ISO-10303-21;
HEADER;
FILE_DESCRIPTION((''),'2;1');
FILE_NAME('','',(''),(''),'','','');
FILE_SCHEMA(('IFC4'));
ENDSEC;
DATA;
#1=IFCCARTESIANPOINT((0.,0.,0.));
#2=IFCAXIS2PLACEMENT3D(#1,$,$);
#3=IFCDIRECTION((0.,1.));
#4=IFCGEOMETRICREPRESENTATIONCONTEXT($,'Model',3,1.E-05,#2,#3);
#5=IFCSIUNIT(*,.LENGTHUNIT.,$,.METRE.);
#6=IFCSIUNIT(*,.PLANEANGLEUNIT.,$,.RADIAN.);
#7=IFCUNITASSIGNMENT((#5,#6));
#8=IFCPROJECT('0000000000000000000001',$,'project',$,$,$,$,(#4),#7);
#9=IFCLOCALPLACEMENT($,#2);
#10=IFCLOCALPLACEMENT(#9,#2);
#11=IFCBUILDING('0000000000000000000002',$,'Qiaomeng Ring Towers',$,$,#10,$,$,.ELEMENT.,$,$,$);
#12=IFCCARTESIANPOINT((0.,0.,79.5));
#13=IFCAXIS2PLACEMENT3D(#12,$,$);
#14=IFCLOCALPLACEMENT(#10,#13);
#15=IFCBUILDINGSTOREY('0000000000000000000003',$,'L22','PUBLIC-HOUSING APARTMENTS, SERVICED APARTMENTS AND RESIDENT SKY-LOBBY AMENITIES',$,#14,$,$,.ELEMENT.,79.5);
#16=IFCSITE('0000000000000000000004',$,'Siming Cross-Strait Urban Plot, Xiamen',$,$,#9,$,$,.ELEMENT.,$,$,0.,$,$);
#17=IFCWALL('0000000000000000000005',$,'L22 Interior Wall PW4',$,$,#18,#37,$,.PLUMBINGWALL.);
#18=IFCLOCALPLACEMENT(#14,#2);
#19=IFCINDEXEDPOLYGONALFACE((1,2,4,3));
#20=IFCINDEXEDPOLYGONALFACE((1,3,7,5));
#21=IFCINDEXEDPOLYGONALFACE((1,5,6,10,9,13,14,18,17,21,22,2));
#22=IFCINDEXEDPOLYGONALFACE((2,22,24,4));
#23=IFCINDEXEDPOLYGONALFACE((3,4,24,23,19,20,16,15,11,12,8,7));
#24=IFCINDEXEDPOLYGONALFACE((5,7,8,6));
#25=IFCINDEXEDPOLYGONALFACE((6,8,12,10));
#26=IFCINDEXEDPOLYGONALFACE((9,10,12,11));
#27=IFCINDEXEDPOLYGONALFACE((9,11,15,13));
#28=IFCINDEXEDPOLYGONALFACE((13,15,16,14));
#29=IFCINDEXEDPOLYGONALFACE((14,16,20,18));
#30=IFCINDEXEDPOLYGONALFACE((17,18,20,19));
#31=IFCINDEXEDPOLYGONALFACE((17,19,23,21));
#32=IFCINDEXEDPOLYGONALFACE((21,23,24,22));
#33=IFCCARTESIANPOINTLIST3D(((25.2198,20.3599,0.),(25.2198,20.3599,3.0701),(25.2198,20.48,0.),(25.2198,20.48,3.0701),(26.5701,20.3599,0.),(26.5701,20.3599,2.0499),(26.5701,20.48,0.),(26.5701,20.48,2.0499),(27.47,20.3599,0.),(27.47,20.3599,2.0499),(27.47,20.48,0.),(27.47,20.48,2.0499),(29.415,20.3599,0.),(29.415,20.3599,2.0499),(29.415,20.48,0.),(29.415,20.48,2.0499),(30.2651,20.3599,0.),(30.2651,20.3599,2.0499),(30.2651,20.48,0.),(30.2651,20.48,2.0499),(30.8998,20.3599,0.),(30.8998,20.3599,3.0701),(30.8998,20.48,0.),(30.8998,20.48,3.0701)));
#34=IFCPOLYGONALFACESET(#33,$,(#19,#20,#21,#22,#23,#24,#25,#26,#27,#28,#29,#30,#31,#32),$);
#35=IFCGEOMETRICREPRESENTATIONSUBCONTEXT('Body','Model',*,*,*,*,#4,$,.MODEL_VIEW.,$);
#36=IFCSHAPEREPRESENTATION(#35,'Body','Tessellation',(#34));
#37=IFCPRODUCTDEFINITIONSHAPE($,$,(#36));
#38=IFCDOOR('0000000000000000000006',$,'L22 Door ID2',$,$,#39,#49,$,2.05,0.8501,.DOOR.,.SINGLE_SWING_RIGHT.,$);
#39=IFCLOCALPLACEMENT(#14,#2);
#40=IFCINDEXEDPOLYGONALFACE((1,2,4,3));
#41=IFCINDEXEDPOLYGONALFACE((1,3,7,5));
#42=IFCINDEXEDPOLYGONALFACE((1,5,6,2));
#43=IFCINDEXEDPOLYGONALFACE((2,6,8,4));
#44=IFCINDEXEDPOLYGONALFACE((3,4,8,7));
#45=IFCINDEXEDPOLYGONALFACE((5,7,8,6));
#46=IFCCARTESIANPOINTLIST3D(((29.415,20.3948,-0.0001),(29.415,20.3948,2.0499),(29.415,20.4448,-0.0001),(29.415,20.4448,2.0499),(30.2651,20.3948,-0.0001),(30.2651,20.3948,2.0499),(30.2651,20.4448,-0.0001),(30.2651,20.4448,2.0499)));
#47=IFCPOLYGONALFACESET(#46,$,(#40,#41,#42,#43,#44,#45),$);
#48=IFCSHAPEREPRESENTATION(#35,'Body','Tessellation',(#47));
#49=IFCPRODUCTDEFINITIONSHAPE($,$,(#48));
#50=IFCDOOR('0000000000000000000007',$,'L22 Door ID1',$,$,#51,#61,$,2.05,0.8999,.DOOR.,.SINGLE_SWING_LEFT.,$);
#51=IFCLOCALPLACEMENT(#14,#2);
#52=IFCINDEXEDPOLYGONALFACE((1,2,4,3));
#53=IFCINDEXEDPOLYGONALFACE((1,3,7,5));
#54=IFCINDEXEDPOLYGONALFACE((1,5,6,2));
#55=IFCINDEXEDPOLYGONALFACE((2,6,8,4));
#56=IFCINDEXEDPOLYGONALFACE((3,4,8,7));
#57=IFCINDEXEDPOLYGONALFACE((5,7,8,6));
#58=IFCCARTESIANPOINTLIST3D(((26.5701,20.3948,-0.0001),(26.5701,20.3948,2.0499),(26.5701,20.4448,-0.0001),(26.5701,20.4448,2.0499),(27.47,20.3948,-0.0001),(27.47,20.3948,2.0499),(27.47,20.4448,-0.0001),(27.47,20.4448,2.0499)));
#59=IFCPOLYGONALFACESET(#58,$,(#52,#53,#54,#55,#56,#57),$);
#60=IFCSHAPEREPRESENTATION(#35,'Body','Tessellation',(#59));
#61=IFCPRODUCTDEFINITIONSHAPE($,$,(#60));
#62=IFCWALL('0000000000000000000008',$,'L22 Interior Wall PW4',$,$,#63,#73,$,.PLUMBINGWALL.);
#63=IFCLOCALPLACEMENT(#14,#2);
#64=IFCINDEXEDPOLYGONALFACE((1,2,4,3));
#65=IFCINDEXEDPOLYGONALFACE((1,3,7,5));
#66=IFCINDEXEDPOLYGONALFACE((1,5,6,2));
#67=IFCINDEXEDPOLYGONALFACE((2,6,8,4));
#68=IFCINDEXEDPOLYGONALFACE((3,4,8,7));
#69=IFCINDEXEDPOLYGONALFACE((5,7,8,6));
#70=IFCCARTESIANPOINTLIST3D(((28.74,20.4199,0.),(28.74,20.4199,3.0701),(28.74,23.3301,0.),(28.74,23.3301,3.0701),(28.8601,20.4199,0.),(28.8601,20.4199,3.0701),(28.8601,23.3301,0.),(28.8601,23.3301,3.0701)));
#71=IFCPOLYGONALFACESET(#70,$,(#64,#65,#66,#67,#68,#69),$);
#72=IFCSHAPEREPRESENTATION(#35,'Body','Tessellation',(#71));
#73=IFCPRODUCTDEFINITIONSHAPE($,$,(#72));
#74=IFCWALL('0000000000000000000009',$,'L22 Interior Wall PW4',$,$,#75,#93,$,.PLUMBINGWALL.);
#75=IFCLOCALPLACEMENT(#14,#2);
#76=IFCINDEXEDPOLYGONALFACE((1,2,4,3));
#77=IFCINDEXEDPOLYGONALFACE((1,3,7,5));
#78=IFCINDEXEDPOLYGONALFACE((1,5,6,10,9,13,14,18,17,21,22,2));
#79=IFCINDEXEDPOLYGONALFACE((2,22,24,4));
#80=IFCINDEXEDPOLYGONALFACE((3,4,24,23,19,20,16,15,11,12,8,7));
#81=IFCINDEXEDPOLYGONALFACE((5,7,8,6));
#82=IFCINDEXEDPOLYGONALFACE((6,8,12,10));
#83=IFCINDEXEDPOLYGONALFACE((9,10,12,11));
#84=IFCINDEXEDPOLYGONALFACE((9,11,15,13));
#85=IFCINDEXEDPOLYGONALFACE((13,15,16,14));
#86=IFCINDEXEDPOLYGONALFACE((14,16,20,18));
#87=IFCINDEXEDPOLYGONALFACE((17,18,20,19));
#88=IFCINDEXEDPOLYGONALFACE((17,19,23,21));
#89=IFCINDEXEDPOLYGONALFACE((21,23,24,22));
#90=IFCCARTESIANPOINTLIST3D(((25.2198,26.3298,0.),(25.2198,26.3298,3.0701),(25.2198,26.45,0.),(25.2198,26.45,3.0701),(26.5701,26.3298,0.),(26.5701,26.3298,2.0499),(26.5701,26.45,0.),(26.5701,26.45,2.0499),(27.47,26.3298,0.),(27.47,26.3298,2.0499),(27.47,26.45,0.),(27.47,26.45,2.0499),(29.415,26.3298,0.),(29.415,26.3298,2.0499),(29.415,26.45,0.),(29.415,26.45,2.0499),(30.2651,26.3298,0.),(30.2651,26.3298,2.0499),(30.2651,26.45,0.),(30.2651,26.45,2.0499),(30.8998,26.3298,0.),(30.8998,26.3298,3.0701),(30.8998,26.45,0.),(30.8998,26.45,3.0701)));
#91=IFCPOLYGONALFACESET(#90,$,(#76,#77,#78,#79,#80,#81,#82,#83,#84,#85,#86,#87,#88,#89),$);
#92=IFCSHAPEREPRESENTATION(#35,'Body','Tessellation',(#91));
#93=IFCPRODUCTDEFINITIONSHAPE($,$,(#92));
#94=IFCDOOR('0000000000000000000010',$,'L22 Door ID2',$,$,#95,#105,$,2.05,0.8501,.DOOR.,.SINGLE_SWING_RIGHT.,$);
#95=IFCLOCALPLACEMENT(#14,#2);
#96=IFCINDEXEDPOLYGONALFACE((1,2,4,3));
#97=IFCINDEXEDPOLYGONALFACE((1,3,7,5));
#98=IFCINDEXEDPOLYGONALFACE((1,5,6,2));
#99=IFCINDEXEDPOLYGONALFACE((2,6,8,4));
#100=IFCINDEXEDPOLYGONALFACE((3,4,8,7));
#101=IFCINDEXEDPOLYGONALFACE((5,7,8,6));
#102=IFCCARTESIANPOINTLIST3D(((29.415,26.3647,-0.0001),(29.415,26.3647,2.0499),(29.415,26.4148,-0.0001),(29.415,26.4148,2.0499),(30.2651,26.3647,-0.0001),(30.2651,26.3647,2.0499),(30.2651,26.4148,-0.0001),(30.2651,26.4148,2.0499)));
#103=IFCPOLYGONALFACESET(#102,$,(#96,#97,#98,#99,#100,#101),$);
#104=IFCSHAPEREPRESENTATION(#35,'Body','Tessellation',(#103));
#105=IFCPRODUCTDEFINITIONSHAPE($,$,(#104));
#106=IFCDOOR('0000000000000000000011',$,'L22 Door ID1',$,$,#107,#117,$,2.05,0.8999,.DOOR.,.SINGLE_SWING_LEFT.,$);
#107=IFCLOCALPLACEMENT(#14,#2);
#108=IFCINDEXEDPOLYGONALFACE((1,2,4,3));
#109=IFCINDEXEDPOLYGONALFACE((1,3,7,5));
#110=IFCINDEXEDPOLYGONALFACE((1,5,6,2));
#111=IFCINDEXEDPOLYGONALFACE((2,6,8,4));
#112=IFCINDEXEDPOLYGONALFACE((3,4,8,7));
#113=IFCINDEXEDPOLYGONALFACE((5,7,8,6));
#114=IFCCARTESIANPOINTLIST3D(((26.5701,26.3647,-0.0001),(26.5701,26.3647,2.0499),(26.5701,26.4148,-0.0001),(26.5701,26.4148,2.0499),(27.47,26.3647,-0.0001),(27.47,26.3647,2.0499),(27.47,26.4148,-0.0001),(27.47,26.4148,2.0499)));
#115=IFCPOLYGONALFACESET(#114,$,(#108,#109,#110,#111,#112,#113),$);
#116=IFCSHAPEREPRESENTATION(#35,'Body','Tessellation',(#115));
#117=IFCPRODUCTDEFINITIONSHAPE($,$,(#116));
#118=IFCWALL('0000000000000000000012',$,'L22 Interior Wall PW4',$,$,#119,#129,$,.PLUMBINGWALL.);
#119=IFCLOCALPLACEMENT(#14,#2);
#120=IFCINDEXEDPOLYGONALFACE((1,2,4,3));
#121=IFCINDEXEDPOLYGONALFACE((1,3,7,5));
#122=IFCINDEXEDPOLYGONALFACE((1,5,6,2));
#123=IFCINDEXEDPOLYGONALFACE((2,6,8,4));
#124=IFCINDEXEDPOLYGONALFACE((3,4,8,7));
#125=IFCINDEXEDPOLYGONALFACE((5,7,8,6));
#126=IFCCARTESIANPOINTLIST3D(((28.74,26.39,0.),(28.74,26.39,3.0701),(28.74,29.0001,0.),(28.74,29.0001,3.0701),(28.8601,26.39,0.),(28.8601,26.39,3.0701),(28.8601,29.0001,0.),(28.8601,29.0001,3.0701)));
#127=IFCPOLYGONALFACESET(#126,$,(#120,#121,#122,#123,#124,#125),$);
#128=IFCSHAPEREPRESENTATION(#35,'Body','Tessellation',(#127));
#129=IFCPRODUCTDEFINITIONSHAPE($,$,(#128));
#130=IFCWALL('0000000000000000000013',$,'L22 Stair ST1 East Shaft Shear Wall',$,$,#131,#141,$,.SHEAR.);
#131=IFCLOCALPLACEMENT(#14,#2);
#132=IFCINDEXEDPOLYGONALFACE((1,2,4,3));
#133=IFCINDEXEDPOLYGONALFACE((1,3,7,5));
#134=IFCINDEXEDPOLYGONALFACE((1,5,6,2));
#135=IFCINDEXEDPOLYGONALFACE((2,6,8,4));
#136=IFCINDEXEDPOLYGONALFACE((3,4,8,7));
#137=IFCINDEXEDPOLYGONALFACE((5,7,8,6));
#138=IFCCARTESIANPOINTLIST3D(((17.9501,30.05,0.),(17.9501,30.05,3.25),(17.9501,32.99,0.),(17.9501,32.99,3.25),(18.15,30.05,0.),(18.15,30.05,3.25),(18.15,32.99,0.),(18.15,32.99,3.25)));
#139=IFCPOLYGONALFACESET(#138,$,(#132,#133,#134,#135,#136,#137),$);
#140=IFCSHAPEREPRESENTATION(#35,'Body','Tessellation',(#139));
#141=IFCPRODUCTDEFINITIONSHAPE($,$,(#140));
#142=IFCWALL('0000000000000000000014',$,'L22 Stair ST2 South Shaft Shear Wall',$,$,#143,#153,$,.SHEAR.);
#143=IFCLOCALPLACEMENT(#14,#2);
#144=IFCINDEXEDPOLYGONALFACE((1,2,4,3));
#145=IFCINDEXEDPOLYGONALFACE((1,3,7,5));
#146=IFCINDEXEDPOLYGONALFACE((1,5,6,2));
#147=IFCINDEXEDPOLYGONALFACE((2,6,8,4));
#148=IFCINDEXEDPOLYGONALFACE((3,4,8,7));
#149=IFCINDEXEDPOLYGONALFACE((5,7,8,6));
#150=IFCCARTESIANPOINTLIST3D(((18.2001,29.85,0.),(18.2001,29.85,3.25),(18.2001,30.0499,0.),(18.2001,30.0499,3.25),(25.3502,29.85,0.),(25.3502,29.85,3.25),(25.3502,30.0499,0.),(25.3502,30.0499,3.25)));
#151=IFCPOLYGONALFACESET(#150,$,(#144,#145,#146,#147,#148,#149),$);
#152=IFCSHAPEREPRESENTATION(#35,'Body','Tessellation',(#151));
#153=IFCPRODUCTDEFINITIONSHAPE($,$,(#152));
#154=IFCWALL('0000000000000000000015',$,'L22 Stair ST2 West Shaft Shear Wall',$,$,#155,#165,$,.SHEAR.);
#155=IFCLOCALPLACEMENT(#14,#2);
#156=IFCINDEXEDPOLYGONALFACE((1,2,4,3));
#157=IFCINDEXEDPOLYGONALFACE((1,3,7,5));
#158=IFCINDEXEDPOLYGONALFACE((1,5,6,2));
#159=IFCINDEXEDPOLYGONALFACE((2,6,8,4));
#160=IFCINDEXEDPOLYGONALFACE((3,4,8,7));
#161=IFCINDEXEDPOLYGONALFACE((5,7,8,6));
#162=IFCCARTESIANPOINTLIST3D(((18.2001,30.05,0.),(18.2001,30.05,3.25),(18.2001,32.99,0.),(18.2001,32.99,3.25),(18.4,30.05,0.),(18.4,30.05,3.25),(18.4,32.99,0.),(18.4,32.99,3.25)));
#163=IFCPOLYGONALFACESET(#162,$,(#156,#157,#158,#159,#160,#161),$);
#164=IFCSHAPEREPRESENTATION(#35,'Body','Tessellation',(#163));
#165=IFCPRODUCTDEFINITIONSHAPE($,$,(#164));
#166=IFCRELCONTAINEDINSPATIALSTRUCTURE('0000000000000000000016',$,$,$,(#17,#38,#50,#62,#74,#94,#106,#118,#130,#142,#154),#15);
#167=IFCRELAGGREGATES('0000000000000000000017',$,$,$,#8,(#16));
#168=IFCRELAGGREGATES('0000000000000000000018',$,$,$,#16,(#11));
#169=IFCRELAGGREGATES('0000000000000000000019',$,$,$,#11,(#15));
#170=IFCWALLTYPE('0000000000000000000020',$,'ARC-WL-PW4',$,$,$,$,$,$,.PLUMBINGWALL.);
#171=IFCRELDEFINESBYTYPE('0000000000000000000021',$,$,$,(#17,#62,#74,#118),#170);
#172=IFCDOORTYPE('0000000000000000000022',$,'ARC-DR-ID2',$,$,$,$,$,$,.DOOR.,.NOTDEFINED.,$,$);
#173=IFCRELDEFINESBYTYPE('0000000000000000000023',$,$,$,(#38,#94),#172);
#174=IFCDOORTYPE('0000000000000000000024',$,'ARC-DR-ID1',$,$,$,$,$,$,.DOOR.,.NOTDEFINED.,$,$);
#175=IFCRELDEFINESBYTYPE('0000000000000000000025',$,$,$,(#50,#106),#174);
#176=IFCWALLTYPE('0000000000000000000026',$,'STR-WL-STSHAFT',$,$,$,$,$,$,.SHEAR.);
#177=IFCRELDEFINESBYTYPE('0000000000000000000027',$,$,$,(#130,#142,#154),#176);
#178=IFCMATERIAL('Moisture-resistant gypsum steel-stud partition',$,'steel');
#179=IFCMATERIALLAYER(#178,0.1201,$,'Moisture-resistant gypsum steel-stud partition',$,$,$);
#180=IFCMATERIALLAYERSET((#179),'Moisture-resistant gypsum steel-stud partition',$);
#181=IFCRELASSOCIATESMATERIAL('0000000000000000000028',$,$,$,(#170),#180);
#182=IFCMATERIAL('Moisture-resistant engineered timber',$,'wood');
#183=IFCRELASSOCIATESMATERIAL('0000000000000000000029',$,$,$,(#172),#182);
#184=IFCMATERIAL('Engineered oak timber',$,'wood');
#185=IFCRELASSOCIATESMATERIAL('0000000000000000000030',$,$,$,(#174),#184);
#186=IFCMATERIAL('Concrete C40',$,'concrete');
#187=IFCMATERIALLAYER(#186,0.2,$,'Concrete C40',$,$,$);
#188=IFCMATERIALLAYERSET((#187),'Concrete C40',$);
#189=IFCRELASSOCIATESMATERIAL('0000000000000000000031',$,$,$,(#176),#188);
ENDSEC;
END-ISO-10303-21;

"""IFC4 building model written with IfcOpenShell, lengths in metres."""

from ifc_helpers import new_model, si_unit, direction, frame, frame_2d, origin, place, context, subcontext, project, spatial, rectangle, extrude, source, transform, mapped, material, layer, layer_set, type_object, element, fill, save


model = new_model("IFC4")

# Units and contexts
model_context = context("Model", 3, precision=1e-05, world=origin(), true_north=direction((0.0, 1.0)))
body_context = subcontext(model_context, "Body", "Model", "MODEL_VIEW")
ifc_project = project(units=[si_unit("LENGTHUNIT", "METRE"), si_unit("PLANEANGLEUNIT", "RADIAN")], contexts=[model_context])

# Site, building, storey
site_placement = place(None, origin())
site = spatial("IfcSite", under=ifc_project, at=site_placement, Name="Siming Cross-Strait Urban Plot, Xiamen", CompositionType="ELEMENT", RefElevation=0.0)
building_placement = place(site_placement, origin())
building = spatial("IfcBuilding", under=site, at=building_placement, Name="Qiaomeng Ring Towers", CompositionType="ELEMENT")
storey_placement = place(building_placement, frame((0.0, 0.0, 79.5)))
storey = spatial("IfcBuildingStorey", under=building, at=storey_placement, Name="L22", Description="PUBLIC-HOUSING APARTMENTS, SERVICED APARTMENTS AND RESIDENT SKY-LOBBY AMENITIES", CompositionType="ELEMENT", Elevation=79.5)

# Wall, openings, doors
ifc_material_1 = material(Name="Moisture-resistant gypsum steel-stud partition", Category="steel")
ifc_layer_1 = layer(ifc_material_1, 0.1201, Name="Moisture-resistant gypsum steel-stud partition")
ifc_layer_set_1 = layer_set([ifc_layer_1], Name="Moisture-resistant gypsum steel-stud partition")
wall_type_1 = type_object("IfcWallType", Name="ARC-WL-PW4", PredefinedType="PLUMBINGWALL", material=ifc_layer_set_1)
wall_1_placement = place(storey_placement, frame((25.22, 20.4199, 0.0), z_axis=(0.0, 0.0, 1.0), x_axis=(1.0, 0.0, 0.0)))
wall_1 = element("IfcWall", 1, at=wall_1_placement, inside=storey, type_object=wall_type_1, Name="L22 Interior Wall PW4", PredefinedType="PLUMBINGWALL", context=body_context, shape_type="SweptSolid", body=[
    extrude(rectangle(XDim=5.6799, YDim=0.1201, at=frame_2d((2.8398, 0.0))), origin(), (0.0, 0.0, 1.0), 3.0701),
])
opening_1_placement = place(wall_1_placement, frame((1.3501, 0.0, 0.0)))
opening_1 = element("IfcOpeningElement", 2, at=opening_1_placement, cuts=wall_1, PredefinedType="OPENING", context=body_context, shape_type="SweptSolid", body=[
    extrude(rectangle(XDim=0.8999, YDim=2.05, at=frame_2d((0.45, 1.0249))), frame((0.0, 0.0701, 0.0), z_axis=(0.0, -1.0, 0.0), x_axis=(1.0, 0.0, 0.0)), (0.0, 0.0, 1.0), 0.1401),
])
opening_2_placement = place(wall_1_placement, frame((4.1951, 0.0, 0.0)))
opening_2 = element("IfcOpeningElement", 3, at=opening_2_placement, cuts=wall_1, PredefinedType="OPENING", context=body_context, shape_type="SweptSolid", body=[
    extrude(rectangle(XDim=0.8501, YDim=2.05, at=frame_2d((0.425, 1.0249))), frame((0.0, 0.0701, 0.0), z_axis=(0.0, -1.0, 0.0), x_axis=(1.0, 0.0, 0.0)), (0.0, 0.0, 1.0), 0.1401),
])
ifc_material_2 = material(Name="Moisture-resistant engineered timber", Category="wood")
door_type_1 = type_object("IfcDoorType", Name="ARC-DR-ID2", OperationType="NOTDEFINED", PredefinedType="DOOR", material=ifc_material_2)
shared_shape_1 = source(origin(), body_context, "Body", "SweptSolid", [
    extrude(rectangle(XDim=0.8501, YDim=2.05, at=frame_2d((0.425, 1.0249))), frame((0.0, 0.0249, 0.0), z_axis=(0.0, -1.0, 0.0), x_axis=(1.0, 0.0, 0.0)), (0.0, 0.0, 1.0), 0.05),
])
door_1_placement = place(opening_2_placement, origin())
door_1 = element("IfcDoor", 4, at=door_1_placement, inside=storey, type_object=door_type_1, Name="L22 Door ID2", OperationType="SINGLE_SWING_RIGHT", OverallHeight=2.05, OverallWidth=0.8501, PredefinedType="DOOR", context=body_context, shape_type="MappedRepresentation", body=[
    mapped(shared_shape_1, transform((0.0, 0.0, 0.0), x_axis=(1.0, 0.0, 0.0), y_axis=(0.0, 1.0, 0.0), z_axis=(0.0, 0.0, 1.0), scale=1.0)),
])
fill(opening_2, door_1)
ifc_material_3 = material(Name="Engineered oak timber", Category="wood")
door_type_2 = type_object("IfcDoorType", Name="ARC-DR-ID1", OperationType="NOTDEFINED", PredefinedType="DOOR", material=ifc_material_3)
shared_shape_2 = source(origin(), body_context, "Body", "SweptSolid", [
    extrude(rectangle(XDim=0.8999, YDim=2.05, at=frame_2d((0.45, 1.0249))), frame((0.0, 0.0249, 0.0), z_axis=(0.0, -1.0, 0.0), x_axis=(1.0, 0.0, 0.0)), (0.0, 0.0, 1.0), 0.05),
])
door_2_placement = place(opening_1_placement, origin())
door_2 = element("IfcDoor", 5, at=door_2_placement, inside=storey, type_object=door_type_2, Name="L22 Door ID1", OperationType="SINGLE_SWING_LEFT", OverallHeight=2.05, OverallWidth=0.8999, PredefinedType="DOOR", context=body_context, shape_type="MappedRepresentation", body=[
    mapped(shared_shape_2, transform((0.0, 0.0, 0.0), x_axis=(1.0, 0.0, 0.0), y_axis=(0.0, 1.0, 0.0), z_axis=(0.0, 0.0, 1.0), scale=1.0)),
])
fill(opening_1, door_2)

# Wall
wall_2_placement = place(storey_placement, frame((28.8, 20.4199, 0.0), z_axis=(0.0, 0.0, 1.0), x_axis=(0.0, 1.0, 0.0)))
element("IfcWall", 6, at=wall_2_placement, inside=storey, type_object=wall_type_1, Name="L22 Interior Wall PW4", PredefinedType="PLUMBINGWALL", context=body_context, shape_type="SweptSolid", body=[
    extrude(rectangle(XDim=2.9102, YDim=0.1201, at=frame_2d((1.4551, 0.0))), origin(), (0.0, 0.0, 1.0), 3.0701),
])

# Wall, openings, doors
wall_3_placement = place(storey_placement, frame((25.22, 26.3899, 0.0), z_axis=(0.0, 0.0, 1.0), x_axis=(1.0, 0.0, 0.0)))
wall_3 = element("IfcWall", 7, at=wall_3_placement, inside=storey, type_object=wall_type_1, Name="L22 Interior Wall PW4", PredefinedType="PLUMBINGWALL", context=body_context, shape_type="SweptSolid", body=[
    extrude(rectangle(XDim=5.6799, YDim=0.1201, at=frame_2d((2.8398, 0.0))), origin(), (0.0, 0.0, 1.0), 3.0701),
])
opening_3_placement = place(wall_3_placement, frame((1.3501, 0.0, 0.0)))
opening_3 = element("IfcOpeningElement", 8, at=opening_3_placement, cuts=wall_3, PredefinedType="OPENING", context=body_context, shape_type="SweptSolid", body=[
    extrude(rectangle(XDim=0.8999, YDim=2.05, at=frame_2d((0.45, 1.0249))), frame((0.0, 0.0701, 0.0), z_axis=(0.0, -1.0, 0.0), x_axis=(1.0, 0.0, 0.0)), (0.0, 0.0, 1.0), 0.1401),
])
opening_4_placement = place(wall_3_placement, frame((4.1951, 0.0, 0.0)))
opening_4 = element("IfcOpeningElement", 9, at=opening_4_placement, cuts=wall_3, PredefinedType="OPENING", context=body_context, shape_type="SweptSolid", body=[
    extrude(rectangle(XDim=0.8501, YDim=2.05, at=frame_2d((0.425, 1.0249))), frame((0.0, 0.0701, 0.0), z_axis=(0.0, -1.0, 0.0), x_axis=(1.0, 0.0, 0.0)), (0.0, 0.0, 1.0), 0.1401),
])
door_3_placement = place(opening_4_placement, origin())
door_3 = element("IfcDoor", 10, at=door_3_placement, inside=storey, type_object=door_type_1, Name="L22 Door ID2", OperationType="SINGLE_SWING_RIGHT", OverallHeight=2.05, OverallWidth=0.8501, PredefinedType="DOOR", context=body_context, shape_type="MappedRepresentation", body=[
    mapped(shared_shape_1, transform((0.0, 0.0, 0.0), x_axis=(1.0, 0.0, 0.0), y_axis=(0.0, 1.0, 0.0), z_axis=(0.0, 0.0, 1.0), scale=1.0)),
])
fill(opening_4, door_3)
door_4_placement = place(opening_3_placement, origin())
door_4 = element("IfcDoor", 11, at=door_4_placement, inside=storey, type_object=door_type_2, Name="L22 Door ID1", OperationType="SINGLE_SWING_LEFT", OverallHeight=2.05, OverallWidth=0.8999, PredefinedType="DOOR", context=body_context, shape_type="MappedRepresentation", body=[
    mapped(shared_shape_2, transform((0.0, 0.0, 0.0), x_axis=(1.0, 0.0, 0.0), y_axis=(0.0, 1.0, 0.0), z_axis=(0.0, 0.0, 1.0), scale=1.0)),
])
fill(opening_3, door_4)

# Walls
wall_4_placement = place(storey_placement, frame((28.8, 26.3899, 0.0), z_axis=(0.0, 0.0, 1.0), x_axis=(0.0, 1.0, 0.0)))
element("IfcWall", 12, at=wall_4_placement, inside=storey, type_object=wall_type_1, Name="L22 Interior Wall PW4", PredefinedType="PLUMBINGWALL", context=body_context, shape_type="SweptSolid", body=[
    extrude(rectangle(XDim=2.6101, YDim=0.1201, at=frame_2d((1.3052, 0.0))), origin(), (0.0, 0.0, 1.0), 3.0701),
])
ifc_material_4 = material(Name="Concrete C40", Category="concrete")
ifc_layer_2 = layer(ifc_material_4, 0.2, Name="Concrete C40")
ifc_layer_set_2 = layer_set([ifc_layer_2], Name="Concrete C40")
wall_type_2 = type_object("IfcWallType", Name="STR-WL-STSHAFT", PredefinedType="SHEAR", material=ifc_layer_set_2)
wall_5_placement = place(storey_placement, frame((18.05, 30.05, 0.0), z_axis=(0.0, 0.0, 1.0), x_axis=(0.0, 1.0, 0.0)))
element("IfcWall", 13, at=wall_5_placement, inside=storey, type_object=wall_type_2, Name="L22 Stair ST1 East Shaft Shear Wall", PredefinedType="SHEAR", context=body_context, shape_type="SweptSolid", body=[
    extrude(rectangle(XDim=2.9399, YDim=0.2, at=frame_2d((1.47, 0.0))), origin(), (0.0, 0.0, 1.0), 3.25),
])
wall_6_placement = place(storey_placement, frame((18.2, 29.95, 0.0), z_axis=(0.0, 0.0, 1.0), x_axis=(1.0, 0.0, 0.0)))
element("IfcWall", 14, at=wall_6_placement, inside=storey, type_object=wall_type_2, Name="L22 Stair ST2 South Shaft Shear Wall", PredefinedType="SHEAR", context=body_context, shape_type="SweptSolid", body=[
    extrude(rectangle(XDim=7.1501, YDim=0.2, at=frame_2d((3.5752, 0.0))), origin(), (0.0, 0.0, 1.0), 3.25),
])
for number, where, z_axis, x_axis, name in (
    (15, (18.3, 30.05, 0.0), (0.0, 0.0, 1.0), (0.0, 1.0, 0.0), "L22 Stair ST2 West Shaft Shear Wall"),
):
    element("IfcWall", number, at=place(storey_placement, frame(where, z_axis=z_axis, x_axis=x_axis)), inside=storey, type_object=wall_type_2, Name=name, PredefinedType="SHEAR", context=body_context, shape_type="SweptSolid", body=[
        extrude(rectangle(XDim=2.9399, YDim=0.2, at=frame_2d((1.47, 0.0))), origin(), (0.0, 0.0, 1.0), 3.25),
    ])

save(model, "model.ifc")
